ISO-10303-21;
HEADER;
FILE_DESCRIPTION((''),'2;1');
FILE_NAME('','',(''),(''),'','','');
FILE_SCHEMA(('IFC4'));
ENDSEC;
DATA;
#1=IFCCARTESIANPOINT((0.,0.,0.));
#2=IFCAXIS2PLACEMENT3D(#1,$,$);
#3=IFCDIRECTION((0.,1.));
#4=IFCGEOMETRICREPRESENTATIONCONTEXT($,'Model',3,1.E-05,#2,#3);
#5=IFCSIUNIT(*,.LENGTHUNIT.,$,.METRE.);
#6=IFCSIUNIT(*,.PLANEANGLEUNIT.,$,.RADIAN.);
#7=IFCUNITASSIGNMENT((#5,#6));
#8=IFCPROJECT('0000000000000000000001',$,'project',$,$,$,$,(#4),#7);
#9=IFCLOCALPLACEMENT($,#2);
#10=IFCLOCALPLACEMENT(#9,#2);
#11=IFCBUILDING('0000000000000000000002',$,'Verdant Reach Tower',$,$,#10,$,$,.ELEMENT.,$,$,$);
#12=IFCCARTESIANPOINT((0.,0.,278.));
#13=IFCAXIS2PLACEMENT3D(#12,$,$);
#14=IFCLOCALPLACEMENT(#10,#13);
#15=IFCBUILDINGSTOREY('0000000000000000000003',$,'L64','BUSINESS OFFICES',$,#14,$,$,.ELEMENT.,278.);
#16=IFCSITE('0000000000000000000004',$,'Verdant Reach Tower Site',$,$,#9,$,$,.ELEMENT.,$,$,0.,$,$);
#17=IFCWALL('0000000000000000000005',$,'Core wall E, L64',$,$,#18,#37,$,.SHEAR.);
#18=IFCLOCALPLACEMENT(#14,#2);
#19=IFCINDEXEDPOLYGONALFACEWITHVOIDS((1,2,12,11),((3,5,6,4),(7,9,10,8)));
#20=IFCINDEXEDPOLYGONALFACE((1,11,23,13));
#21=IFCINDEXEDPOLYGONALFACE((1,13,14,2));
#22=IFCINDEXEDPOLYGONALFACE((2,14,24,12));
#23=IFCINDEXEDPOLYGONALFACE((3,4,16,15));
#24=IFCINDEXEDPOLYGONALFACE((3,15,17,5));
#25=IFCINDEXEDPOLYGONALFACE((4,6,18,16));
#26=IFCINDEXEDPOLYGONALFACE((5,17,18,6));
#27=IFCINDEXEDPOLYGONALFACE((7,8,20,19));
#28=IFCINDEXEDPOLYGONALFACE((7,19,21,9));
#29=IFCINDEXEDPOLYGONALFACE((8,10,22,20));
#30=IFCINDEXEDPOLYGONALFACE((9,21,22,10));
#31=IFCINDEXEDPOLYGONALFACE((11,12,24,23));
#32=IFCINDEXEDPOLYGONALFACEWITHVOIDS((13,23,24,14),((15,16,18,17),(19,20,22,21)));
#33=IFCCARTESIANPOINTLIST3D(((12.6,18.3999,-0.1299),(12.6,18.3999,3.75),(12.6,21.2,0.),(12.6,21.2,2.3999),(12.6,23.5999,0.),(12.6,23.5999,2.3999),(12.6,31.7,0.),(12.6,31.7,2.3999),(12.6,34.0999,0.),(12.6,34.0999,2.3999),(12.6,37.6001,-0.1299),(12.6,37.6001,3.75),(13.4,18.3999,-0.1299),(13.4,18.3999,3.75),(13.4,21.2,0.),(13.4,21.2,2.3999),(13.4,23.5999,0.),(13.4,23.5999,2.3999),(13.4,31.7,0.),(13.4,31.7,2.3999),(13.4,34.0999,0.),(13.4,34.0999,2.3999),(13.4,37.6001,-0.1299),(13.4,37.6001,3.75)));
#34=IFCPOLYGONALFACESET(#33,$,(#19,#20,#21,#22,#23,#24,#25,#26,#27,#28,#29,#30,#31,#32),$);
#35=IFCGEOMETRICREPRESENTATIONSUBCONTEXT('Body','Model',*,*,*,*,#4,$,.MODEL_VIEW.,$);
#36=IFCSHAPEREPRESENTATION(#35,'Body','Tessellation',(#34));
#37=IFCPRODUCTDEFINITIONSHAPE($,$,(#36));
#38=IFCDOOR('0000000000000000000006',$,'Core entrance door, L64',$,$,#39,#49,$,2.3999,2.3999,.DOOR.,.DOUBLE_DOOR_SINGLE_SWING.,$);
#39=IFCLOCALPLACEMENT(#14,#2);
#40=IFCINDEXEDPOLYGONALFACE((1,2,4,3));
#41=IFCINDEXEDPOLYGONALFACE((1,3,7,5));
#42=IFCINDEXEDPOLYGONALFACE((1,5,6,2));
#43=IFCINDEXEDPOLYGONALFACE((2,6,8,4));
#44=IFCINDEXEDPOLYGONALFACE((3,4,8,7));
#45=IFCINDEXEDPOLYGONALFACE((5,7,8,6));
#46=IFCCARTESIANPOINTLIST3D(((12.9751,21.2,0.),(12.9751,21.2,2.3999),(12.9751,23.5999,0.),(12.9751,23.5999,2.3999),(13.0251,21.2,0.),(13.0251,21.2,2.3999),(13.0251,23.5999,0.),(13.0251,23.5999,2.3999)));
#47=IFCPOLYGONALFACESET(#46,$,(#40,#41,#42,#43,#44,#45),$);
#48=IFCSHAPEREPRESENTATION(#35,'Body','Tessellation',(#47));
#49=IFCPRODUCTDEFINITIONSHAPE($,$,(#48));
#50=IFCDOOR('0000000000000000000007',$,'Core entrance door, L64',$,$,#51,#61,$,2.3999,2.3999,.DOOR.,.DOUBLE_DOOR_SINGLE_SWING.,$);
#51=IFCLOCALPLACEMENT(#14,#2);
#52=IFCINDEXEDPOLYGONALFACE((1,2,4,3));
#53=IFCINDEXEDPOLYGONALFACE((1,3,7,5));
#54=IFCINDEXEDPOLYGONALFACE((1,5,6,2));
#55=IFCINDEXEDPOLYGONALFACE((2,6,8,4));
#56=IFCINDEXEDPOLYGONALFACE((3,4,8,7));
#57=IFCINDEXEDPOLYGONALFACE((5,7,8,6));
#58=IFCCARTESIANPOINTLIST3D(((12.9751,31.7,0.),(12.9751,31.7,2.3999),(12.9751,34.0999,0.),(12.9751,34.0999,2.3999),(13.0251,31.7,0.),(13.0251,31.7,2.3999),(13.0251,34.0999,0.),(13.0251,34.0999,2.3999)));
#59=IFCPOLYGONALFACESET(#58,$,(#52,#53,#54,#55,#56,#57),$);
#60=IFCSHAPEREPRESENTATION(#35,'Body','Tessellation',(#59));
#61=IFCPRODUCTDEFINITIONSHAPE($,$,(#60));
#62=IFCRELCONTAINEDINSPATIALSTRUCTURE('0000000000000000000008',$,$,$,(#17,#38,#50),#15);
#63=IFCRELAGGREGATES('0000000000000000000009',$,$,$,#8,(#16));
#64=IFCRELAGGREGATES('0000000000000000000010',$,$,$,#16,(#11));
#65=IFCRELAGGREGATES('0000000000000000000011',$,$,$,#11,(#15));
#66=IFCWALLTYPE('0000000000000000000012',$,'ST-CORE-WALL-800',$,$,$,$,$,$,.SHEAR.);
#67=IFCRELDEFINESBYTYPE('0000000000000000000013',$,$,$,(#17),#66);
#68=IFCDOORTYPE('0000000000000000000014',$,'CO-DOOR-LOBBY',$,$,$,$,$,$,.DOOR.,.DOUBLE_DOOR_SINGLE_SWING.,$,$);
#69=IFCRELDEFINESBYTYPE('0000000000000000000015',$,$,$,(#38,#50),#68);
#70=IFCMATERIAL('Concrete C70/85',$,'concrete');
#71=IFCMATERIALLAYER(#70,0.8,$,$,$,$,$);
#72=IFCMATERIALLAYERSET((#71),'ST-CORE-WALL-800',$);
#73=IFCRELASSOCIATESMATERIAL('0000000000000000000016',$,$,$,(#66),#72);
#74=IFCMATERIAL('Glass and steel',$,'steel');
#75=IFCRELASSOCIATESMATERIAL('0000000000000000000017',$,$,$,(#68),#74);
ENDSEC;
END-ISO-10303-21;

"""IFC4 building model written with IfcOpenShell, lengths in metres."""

from ifc_helpers import new_model, si_unit, direction, frame, frame_2d, origin, place, context, subcontext, project, spatial, rectangle, extrude, material, layer, layer_set, type_object, element, fill, save


model = new_model("IFC4")

# Units and contexts
model_context = context("Model", 3, precision=1e-05, world=origin(), true_north=direction((0.0, 1.0)))
body_context = subcontext(model_context, "Body", "Model", "MODEL_VIEW")
ifc_project = project(units=[si_unit("LENGTHUNIT", "METRE"), si_unit("PLANEANGLEUNIT", "RADIAN")], contexts=[model_context])

# Site, building, storey
site_placement = place(None, origin())
site = spatial("IfcSite", under=ifc_project, at=site_placement, Name="Verdant Reach Tower Site", CompositionType="ELEMENT", RefElevation=0.0)
building_placement = place(site_placement, origin())
building = spatial("IfcBuilding", under=site, at=building_placement, Name="Verdant Reach Tower", CompositionType="ELEMENT")
storey_placement = place(building_placement, frame((0.0, 0.0, 278.0)))
storey = spatial("IfcBuildingStorey", under=building, at=storey_placement, Name="L64", Description="BUSINESS OFFICES", CompositionType="ELEMENT", Elevation=278.0)

# Wall, openings, doors
ifc_material_1 = material(Name="Concrete C70/85", Category="concrete")
ifc_layer_1 = layer(ifc_material_1, 0.8)
ifc_layer_set_1 = layer_set([ifc_layer_1], Name="ST-CORE-WALL-800")
wall_type_1 = type_object("IfcWallType", Name="ST-CORE-WALL-800", PredefinedType="SHEAR", material=ifc_layer_set_1)
wall_1_placement = place(storey_placement, frame((13.0, 18.3999, -0.1299), z_axis=(0.0, 0.0, 1.0), x_axis=(0.0, 1.0, 0.0)))
wall_1 = element("IfcWall", 1, at=wall_1_placement, inside=storey, type_object=wall_type_1, Name="Core wall E, L64", PredefinedType="SHEAR", context=body_context, shape_type="SweptSolid", body=[
    extrude(rectangle(XDim=19.2002, YDim=0.8, at=frame_2d((9.6001, 0.0))), origin(), (0.0, 0.0, 1.0), 3.8799),
])
opening_1_placement = place(wall_1_placement, frame((2.8, 0.0, 0.1299)))
opening_1 = element("IfcOpeningElement", 2, at=opening_1_placement, cuts=wall_1, PredefinedType="OPENING", context=body_context, shape_type="SweptSolid", body=[
    extrude(rectangle(XDim=2.3999, YDim=2.3999, at=frame_2d((1.2, 1.2))), frame((0.0, 0.4099, 0.0), z_axis=(0.0, -1.0, 0.0), x_axis=(1.0, 0.0, 0.0)), (0.0, 0.0, 1.0), 0.8201),
])
opening_2_placement = place(wall_1_placement, frame((13.3, 0.0, 0.1299)))
opening_2 = element("IfcOpeningElement", 3, at=opening_2_placement, cuts=wall_1, PredefinedType="OPENING", context=body_context, shape_type="SweptSolid", body=[
    extrude(rectangle(XDim=2.3999, YDim=2.3999, at=frame_2d((1.2, 1.2))), frame((0.0, 0.4099, 0.0), z_axis=(0.0, -1.0, 0.0), x_axis=(1.0, 0.0, 0.0)), (0.0, 0.0, 1.0), 0.8201),
])
ifc_material_2 = material(Name="Glass and steel", Category="steel")
door_type_1 = type_object("IfcDoorType", Name="CO-DOOR-LOBBY", OperationType="DOUBLE_DOOR_SINGLE_SWING", PredefinedType="DOOR", material=ifc_material_2)
door_1_placement = place(opening_1_placement, origin())
door_1 = element("IfcDoor", 4, at=door_1_placement, inside=storey, type_object=door_type_1, Name="Core entrance door, L64", OperationType="DOUBLE_DOOR_SINGLE_SWING", OverallHeight=2.3999, OverallWidth=2.3999, PredefinedType="DOOR", context=body_context, shape_type="SweptSolid", body=[
    extrude(rectangle(XDim=2.3999, YDim=2.3999, at=frame_2d((1.2, 1.2))), frame((0.0, 0.0249, 0.0), z_axis=(0.0, -1.0, 0.0), x_axis=(1.0, 0.0, 0.0)), (0.0, 0.0, 1.0), 0.05),
])
fill(opening_1, door_1)
door_2_placement = place(opening_2_placement, origin())
door_2 = element("IfcDoor", 5, at=door_2_placement, inside=storey, type_object=door_type_1, Name="Core entrance door, L64", OperationType="DOUBLE_DOOR_SINGLE_SWING", OverallHeight=2.3999, OverallWidth=2.3999, PredefinedType="DOOR", context=body_context, shape_type="SweptSolid", body=[
    extrude(rectangle(XDim=2.3999, YDim=2.3999, at=frame_2d((1.2, 1.2))), frame((0.0, 0.0249, 0.0), z_axis=(0.0, -1.0, 0.0), x_axis=(1.0, 0.0, 0.0)), (0.0, 0.0, 1.0), 0.05),
])
fill(opening_2, door_2)

save(model, "model.ifc")
